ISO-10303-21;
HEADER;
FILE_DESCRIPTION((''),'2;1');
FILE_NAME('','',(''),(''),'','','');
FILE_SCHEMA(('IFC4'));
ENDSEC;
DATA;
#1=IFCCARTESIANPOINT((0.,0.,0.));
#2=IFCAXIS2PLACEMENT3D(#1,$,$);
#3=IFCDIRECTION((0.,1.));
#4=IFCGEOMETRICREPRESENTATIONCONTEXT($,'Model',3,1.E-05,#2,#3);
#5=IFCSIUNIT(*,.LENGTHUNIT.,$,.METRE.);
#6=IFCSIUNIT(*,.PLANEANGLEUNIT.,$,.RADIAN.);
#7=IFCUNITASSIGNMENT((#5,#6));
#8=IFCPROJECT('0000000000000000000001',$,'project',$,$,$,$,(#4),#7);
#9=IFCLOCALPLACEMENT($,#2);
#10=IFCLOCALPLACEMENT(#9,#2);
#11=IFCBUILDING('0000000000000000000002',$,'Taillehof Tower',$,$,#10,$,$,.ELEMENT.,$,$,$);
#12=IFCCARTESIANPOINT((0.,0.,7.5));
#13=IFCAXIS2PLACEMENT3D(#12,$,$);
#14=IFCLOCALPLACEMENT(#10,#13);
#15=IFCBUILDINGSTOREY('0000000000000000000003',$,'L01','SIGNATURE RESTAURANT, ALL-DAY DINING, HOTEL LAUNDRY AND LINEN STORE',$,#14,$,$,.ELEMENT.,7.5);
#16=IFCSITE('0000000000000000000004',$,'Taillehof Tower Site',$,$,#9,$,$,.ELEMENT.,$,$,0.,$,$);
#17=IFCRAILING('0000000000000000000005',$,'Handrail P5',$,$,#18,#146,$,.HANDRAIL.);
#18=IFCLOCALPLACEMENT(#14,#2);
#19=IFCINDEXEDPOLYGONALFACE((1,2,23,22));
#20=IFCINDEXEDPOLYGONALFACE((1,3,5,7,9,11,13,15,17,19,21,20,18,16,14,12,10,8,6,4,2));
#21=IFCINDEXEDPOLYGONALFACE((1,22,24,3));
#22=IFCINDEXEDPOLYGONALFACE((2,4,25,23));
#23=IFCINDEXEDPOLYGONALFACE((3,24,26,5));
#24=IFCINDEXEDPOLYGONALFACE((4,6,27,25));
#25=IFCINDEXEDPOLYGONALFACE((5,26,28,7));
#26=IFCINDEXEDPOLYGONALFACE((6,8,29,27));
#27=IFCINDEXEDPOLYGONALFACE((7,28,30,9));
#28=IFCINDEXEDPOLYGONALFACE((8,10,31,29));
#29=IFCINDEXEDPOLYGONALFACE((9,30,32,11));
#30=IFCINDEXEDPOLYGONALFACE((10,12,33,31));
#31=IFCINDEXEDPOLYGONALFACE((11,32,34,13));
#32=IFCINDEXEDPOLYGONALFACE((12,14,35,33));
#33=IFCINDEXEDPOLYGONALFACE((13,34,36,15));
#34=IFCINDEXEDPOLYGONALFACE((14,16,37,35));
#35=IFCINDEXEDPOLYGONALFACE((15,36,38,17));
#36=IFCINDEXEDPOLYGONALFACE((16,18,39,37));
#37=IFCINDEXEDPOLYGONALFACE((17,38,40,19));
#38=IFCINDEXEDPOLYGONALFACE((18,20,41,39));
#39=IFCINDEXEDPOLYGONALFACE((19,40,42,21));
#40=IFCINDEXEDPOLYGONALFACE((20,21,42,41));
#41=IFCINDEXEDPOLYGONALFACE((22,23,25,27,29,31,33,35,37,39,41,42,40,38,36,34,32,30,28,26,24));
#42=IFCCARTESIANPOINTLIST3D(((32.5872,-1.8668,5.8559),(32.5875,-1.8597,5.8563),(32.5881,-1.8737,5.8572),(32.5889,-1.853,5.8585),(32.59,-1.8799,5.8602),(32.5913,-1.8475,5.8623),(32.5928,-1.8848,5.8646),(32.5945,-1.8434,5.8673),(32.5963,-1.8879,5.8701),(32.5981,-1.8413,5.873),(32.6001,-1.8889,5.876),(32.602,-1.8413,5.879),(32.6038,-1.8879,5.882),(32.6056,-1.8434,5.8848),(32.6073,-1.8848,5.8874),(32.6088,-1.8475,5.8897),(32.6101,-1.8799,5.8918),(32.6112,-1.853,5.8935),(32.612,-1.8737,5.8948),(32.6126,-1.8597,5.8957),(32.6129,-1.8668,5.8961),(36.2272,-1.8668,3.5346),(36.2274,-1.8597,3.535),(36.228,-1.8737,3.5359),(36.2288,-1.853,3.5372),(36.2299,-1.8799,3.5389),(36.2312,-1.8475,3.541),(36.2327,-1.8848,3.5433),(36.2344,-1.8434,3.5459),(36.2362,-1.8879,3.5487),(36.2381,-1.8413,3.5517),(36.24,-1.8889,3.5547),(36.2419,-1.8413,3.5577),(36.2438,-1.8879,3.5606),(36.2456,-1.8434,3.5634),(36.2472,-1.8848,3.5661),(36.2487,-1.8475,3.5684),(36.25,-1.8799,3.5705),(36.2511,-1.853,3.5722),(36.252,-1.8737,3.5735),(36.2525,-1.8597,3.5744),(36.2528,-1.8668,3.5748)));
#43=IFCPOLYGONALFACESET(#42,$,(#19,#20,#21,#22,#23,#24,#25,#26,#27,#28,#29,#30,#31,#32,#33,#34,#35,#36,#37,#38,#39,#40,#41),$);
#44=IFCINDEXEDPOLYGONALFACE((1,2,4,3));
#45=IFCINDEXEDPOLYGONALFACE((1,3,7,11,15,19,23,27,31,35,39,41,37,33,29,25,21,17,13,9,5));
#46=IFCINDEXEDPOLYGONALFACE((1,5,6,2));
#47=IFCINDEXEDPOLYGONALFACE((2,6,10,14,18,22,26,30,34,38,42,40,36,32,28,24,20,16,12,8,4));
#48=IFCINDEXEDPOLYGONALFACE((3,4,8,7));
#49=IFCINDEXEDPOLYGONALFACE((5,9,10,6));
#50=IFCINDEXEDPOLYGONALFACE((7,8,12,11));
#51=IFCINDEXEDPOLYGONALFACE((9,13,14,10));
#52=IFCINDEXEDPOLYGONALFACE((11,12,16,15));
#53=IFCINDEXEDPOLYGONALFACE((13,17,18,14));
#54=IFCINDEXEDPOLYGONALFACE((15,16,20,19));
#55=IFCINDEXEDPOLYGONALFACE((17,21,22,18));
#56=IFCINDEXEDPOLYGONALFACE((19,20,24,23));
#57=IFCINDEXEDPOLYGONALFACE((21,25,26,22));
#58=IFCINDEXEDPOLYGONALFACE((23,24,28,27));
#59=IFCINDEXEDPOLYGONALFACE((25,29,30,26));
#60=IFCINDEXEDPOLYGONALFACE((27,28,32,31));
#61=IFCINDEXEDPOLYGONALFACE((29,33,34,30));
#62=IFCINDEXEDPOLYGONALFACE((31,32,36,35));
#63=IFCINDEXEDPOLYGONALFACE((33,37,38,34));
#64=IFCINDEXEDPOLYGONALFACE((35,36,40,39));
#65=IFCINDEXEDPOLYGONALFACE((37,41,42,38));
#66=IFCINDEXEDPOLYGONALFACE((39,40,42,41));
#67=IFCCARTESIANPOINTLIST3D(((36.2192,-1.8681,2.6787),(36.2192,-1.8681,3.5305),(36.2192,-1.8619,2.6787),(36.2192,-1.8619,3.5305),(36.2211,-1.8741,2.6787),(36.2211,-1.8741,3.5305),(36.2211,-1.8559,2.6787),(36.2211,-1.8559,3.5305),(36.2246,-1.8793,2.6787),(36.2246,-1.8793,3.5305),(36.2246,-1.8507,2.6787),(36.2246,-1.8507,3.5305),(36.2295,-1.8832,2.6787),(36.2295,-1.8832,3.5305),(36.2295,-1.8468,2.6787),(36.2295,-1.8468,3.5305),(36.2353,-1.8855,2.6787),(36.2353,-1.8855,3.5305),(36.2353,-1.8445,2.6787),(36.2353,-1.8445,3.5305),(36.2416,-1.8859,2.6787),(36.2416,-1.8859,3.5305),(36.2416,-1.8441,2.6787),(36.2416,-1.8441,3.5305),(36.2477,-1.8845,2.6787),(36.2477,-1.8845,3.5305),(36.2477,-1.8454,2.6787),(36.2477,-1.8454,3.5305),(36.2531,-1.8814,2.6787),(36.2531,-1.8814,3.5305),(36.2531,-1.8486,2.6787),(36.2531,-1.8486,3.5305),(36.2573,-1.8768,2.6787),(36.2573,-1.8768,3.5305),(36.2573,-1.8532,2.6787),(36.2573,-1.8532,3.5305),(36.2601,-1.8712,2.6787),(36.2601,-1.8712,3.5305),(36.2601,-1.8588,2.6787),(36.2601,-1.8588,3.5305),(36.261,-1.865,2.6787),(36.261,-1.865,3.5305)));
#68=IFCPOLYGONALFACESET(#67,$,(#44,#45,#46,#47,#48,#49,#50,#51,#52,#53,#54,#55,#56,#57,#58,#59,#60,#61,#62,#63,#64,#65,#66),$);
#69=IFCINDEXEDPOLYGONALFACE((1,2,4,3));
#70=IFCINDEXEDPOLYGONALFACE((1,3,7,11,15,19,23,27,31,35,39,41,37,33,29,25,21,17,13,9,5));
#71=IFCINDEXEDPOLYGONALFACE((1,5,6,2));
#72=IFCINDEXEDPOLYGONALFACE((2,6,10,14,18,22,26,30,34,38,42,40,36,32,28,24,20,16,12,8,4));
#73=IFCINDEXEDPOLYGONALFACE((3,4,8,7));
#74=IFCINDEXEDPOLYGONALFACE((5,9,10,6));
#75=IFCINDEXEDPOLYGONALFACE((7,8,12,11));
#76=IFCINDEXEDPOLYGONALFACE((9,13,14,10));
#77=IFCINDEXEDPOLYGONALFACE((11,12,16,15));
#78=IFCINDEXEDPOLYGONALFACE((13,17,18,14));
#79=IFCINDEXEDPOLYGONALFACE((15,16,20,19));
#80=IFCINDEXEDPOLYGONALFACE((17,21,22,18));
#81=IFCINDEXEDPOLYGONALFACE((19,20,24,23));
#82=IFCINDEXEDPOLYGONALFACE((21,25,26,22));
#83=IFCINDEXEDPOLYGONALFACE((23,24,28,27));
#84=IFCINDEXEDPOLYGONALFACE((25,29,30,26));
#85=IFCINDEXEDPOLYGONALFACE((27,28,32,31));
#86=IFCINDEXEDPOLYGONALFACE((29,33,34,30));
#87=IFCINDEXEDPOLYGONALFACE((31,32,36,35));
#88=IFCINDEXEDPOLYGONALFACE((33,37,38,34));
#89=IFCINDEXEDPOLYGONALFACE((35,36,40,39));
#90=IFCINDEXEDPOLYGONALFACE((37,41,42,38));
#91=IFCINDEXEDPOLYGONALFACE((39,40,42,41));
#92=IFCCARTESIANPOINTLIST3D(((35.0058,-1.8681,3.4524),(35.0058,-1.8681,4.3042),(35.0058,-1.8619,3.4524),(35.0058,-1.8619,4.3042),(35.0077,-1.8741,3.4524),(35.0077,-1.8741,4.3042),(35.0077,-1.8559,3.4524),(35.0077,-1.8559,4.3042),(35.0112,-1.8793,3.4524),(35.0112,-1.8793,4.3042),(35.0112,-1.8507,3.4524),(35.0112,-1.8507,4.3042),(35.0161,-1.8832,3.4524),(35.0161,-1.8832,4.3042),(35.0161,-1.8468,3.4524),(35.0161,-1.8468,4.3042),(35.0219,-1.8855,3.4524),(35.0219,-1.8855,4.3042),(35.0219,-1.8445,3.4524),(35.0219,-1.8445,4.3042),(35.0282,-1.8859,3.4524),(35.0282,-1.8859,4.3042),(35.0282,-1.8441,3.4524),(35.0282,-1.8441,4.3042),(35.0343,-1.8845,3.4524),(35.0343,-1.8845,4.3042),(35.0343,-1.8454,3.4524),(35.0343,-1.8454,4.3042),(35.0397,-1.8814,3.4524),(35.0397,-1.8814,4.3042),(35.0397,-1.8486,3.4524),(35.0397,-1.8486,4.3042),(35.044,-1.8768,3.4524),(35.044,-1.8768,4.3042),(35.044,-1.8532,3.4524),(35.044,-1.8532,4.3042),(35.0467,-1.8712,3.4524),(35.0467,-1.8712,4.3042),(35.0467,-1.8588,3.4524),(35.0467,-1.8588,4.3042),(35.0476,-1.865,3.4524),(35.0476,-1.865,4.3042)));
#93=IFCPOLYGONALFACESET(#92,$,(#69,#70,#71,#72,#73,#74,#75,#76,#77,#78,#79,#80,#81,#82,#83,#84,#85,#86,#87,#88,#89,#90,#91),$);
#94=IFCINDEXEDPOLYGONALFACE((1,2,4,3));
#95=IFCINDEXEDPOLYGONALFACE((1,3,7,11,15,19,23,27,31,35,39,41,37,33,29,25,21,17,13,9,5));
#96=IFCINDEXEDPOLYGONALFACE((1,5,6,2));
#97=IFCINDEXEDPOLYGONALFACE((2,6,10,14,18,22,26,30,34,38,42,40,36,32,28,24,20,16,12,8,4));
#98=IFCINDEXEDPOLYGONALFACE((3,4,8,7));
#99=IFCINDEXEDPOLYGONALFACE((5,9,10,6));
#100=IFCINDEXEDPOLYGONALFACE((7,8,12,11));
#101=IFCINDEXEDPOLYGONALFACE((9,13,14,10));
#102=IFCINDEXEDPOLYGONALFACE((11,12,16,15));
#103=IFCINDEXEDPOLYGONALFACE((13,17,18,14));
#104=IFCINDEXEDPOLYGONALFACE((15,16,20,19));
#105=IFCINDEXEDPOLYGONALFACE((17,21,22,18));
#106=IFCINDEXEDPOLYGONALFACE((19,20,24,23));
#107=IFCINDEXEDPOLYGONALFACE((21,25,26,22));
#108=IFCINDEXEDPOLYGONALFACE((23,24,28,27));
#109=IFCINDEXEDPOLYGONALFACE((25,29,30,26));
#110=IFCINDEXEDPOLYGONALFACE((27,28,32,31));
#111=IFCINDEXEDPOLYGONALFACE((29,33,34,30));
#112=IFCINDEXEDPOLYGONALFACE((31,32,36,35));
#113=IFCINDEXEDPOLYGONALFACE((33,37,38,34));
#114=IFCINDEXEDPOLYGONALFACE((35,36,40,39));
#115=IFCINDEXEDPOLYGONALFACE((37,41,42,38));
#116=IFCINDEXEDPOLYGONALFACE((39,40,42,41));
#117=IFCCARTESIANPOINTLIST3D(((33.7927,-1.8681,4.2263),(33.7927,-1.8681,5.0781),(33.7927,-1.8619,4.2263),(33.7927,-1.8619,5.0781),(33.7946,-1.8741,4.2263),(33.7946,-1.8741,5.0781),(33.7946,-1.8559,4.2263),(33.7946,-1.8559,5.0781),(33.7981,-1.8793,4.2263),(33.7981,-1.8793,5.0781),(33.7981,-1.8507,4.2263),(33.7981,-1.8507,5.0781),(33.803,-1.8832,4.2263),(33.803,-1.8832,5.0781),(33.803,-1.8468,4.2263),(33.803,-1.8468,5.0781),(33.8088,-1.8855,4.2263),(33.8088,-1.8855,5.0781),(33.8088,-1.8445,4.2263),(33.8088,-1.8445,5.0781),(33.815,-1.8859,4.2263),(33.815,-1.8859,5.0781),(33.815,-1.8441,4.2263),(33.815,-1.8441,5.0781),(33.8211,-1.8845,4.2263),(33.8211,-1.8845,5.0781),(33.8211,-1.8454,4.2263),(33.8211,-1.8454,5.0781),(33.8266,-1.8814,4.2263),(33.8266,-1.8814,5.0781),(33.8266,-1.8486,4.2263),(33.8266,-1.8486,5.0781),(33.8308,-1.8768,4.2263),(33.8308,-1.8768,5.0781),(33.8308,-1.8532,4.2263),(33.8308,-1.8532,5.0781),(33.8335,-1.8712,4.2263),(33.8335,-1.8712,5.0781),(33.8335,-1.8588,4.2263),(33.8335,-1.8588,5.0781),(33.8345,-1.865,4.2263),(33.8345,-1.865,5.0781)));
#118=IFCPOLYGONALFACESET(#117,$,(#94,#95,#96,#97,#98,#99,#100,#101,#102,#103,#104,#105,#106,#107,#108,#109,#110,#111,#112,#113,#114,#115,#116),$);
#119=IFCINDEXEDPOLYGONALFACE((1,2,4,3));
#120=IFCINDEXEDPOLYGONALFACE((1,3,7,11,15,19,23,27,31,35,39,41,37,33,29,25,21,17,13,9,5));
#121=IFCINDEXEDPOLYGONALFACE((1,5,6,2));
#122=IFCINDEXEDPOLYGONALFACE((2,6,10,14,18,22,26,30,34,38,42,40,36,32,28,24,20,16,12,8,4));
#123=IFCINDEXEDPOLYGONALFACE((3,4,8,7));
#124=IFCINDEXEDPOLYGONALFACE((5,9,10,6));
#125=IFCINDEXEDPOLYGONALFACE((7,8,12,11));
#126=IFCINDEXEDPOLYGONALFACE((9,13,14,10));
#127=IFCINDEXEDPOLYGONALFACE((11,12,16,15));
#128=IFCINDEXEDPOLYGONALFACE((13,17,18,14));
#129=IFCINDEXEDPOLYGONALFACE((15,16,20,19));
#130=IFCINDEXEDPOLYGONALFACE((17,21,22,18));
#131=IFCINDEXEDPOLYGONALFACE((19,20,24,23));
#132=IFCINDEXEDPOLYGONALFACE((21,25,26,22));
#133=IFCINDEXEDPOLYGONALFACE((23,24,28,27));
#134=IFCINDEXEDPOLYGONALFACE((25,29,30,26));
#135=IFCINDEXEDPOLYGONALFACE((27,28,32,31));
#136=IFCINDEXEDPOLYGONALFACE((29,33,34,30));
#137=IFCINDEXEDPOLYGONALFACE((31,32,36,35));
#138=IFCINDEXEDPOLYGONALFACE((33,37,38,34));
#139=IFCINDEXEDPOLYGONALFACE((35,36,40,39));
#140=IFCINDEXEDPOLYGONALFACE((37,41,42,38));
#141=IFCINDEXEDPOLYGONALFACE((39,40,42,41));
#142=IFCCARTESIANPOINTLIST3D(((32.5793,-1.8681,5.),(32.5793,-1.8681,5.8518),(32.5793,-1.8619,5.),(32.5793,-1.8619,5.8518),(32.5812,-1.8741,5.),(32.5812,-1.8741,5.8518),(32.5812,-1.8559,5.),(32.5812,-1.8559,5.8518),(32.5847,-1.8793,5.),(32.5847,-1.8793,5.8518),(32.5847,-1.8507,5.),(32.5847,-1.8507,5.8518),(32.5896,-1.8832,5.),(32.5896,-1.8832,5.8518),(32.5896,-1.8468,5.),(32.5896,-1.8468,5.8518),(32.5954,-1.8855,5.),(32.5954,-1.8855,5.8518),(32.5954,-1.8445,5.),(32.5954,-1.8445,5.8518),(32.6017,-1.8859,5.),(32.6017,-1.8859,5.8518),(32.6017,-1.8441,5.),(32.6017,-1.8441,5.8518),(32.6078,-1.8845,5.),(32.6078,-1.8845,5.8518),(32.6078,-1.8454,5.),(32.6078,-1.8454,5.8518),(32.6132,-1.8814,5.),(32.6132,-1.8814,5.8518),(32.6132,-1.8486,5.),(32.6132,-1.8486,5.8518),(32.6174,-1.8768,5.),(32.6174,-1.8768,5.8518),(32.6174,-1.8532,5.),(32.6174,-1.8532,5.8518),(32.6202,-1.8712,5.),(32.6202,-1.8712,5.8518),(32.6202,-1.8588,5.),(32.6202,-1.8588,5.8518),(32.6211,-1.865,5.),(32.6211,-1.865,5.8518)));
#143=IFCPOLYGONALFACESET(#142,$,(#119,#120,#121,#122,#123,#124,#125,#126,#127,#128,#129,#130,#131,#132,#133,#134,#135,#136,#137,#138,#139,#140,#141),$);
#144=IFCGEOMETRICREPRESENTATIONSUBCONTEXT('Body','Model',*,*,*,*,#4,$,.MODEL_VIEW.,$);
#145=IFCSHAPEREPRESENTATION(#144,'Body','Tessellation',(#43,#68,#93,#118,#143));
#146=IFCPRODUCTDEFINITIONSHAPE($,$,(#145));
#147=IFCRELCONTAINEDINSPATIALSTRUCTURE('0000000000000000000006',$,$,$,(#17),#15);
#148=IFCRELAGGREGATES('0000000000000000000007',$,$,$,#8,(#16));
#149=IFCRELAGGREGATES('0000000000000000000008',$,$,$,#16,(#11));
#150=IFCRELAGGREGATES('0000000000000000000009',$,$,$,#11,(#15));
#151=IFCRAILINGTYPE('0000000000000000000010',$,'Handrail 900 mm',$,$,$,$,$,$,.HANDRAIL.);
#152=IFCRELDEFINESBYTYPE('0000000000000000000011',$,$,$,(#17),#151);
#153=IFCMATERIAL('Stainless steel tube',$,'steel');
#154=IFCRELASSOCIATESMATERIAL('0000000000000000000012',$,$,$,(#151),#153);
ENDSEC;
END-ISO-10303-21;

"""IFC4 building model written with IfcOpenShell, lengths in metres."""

from ifc_helpers import new_model, si_unit, direction, frame, origin, origin_2d, place, context, subcontext, project, spatial, circle, extrude, material, type_object, element, save


model = new_model("IFC4")

# Units and contexts
model_context = context("Model", 3, precision=1e-05, world=origin(), true_north=direction((0.0, 1.0)))
body_context = subcontext(model_context, "Body", "Model", "MODEL_VIEW")
ifc_project = project(units=[si_unit("LENGTHUNIT", "METRE"), si_unit("PLANEANGLEUNIT", "RADIAN")], contexts=[model_context])

# Site, building, storey
site_placement = place(None, origin())
site = spatial("IfcSite", under=ifc_project, at=site_placement, Name="Taillehof Tower Site", CompositionType="ELEMENT", RefElevation=0.0)
building_placement = place(site_placement, origin())
building = spatial("IfcBuilding", under=site, at=building_placement, Name="Taillehof Tower", CompositionType="ELEMENT")
storey_placement = place(building_placement, frame((0.0, 0.0, 7.5)))
storey = spatial("IfcBuildingStorey", under=building, at=storey_placement, Name="L01", Description="SIGNATURE RESTAURANT, ALL-DAY DINING, HOTEL LAUNDRY AND LINEN STORE", CompositionType="ELEMENT", Elevation=7.5)

# Railing
ifc_material_1 = material(Name="Stainless steel tube", Category="steel")
railing_type = type_object("IfcRailingType", Name="Handrail 900 mm", PredefinedType="HANDRAIL", material=ifc_material_1)
for number, where, name in (
    (1, (36.24, -1.865, 2.6787), "Handrail P5"),
):
    element("IfcRailing", number, at=place(storey_placement, frame(where)), inside=storey, type_object=railing_type, Name=name, PredefinedType="HANDRAIL", context=body_context, shape_type="SweptSolid", body=[
        extrude(circle(Radius=0.0239, at=origin_2d()), frame((0.0, 0.0, 0.876), z_axis=(-0.843137, 0.0, 0.537699), x_axis=(0.0, -1.0, 0.0)), (0.0, 0.0, 1.0), 4.3171),
        extrude(circle(Radius=0.021, at=origin_2d()), origin(), (0.0, 0.0, 1.0), 0.8518),
        extrude(circle(Radius=0.021, at=origin_2d()), frame((-1.2134, 0.0, 0.7737)), (0.0, 0.0, 1.0), 0.8518),
        extrude(circle(Radius=0.021, at=origin_2d()), frame((-2.4265, 0.0, 1.5476)), (0.0, 0.0, 1.0), 0.8518),
        extrude(circle(Radius=0.021, at=origin_2d()), frame((-3.6399, 0.0, 2.3213)), (0.0, 0.0, 1.0), 0.8518),
    ])

save(model, "model.ifc")
